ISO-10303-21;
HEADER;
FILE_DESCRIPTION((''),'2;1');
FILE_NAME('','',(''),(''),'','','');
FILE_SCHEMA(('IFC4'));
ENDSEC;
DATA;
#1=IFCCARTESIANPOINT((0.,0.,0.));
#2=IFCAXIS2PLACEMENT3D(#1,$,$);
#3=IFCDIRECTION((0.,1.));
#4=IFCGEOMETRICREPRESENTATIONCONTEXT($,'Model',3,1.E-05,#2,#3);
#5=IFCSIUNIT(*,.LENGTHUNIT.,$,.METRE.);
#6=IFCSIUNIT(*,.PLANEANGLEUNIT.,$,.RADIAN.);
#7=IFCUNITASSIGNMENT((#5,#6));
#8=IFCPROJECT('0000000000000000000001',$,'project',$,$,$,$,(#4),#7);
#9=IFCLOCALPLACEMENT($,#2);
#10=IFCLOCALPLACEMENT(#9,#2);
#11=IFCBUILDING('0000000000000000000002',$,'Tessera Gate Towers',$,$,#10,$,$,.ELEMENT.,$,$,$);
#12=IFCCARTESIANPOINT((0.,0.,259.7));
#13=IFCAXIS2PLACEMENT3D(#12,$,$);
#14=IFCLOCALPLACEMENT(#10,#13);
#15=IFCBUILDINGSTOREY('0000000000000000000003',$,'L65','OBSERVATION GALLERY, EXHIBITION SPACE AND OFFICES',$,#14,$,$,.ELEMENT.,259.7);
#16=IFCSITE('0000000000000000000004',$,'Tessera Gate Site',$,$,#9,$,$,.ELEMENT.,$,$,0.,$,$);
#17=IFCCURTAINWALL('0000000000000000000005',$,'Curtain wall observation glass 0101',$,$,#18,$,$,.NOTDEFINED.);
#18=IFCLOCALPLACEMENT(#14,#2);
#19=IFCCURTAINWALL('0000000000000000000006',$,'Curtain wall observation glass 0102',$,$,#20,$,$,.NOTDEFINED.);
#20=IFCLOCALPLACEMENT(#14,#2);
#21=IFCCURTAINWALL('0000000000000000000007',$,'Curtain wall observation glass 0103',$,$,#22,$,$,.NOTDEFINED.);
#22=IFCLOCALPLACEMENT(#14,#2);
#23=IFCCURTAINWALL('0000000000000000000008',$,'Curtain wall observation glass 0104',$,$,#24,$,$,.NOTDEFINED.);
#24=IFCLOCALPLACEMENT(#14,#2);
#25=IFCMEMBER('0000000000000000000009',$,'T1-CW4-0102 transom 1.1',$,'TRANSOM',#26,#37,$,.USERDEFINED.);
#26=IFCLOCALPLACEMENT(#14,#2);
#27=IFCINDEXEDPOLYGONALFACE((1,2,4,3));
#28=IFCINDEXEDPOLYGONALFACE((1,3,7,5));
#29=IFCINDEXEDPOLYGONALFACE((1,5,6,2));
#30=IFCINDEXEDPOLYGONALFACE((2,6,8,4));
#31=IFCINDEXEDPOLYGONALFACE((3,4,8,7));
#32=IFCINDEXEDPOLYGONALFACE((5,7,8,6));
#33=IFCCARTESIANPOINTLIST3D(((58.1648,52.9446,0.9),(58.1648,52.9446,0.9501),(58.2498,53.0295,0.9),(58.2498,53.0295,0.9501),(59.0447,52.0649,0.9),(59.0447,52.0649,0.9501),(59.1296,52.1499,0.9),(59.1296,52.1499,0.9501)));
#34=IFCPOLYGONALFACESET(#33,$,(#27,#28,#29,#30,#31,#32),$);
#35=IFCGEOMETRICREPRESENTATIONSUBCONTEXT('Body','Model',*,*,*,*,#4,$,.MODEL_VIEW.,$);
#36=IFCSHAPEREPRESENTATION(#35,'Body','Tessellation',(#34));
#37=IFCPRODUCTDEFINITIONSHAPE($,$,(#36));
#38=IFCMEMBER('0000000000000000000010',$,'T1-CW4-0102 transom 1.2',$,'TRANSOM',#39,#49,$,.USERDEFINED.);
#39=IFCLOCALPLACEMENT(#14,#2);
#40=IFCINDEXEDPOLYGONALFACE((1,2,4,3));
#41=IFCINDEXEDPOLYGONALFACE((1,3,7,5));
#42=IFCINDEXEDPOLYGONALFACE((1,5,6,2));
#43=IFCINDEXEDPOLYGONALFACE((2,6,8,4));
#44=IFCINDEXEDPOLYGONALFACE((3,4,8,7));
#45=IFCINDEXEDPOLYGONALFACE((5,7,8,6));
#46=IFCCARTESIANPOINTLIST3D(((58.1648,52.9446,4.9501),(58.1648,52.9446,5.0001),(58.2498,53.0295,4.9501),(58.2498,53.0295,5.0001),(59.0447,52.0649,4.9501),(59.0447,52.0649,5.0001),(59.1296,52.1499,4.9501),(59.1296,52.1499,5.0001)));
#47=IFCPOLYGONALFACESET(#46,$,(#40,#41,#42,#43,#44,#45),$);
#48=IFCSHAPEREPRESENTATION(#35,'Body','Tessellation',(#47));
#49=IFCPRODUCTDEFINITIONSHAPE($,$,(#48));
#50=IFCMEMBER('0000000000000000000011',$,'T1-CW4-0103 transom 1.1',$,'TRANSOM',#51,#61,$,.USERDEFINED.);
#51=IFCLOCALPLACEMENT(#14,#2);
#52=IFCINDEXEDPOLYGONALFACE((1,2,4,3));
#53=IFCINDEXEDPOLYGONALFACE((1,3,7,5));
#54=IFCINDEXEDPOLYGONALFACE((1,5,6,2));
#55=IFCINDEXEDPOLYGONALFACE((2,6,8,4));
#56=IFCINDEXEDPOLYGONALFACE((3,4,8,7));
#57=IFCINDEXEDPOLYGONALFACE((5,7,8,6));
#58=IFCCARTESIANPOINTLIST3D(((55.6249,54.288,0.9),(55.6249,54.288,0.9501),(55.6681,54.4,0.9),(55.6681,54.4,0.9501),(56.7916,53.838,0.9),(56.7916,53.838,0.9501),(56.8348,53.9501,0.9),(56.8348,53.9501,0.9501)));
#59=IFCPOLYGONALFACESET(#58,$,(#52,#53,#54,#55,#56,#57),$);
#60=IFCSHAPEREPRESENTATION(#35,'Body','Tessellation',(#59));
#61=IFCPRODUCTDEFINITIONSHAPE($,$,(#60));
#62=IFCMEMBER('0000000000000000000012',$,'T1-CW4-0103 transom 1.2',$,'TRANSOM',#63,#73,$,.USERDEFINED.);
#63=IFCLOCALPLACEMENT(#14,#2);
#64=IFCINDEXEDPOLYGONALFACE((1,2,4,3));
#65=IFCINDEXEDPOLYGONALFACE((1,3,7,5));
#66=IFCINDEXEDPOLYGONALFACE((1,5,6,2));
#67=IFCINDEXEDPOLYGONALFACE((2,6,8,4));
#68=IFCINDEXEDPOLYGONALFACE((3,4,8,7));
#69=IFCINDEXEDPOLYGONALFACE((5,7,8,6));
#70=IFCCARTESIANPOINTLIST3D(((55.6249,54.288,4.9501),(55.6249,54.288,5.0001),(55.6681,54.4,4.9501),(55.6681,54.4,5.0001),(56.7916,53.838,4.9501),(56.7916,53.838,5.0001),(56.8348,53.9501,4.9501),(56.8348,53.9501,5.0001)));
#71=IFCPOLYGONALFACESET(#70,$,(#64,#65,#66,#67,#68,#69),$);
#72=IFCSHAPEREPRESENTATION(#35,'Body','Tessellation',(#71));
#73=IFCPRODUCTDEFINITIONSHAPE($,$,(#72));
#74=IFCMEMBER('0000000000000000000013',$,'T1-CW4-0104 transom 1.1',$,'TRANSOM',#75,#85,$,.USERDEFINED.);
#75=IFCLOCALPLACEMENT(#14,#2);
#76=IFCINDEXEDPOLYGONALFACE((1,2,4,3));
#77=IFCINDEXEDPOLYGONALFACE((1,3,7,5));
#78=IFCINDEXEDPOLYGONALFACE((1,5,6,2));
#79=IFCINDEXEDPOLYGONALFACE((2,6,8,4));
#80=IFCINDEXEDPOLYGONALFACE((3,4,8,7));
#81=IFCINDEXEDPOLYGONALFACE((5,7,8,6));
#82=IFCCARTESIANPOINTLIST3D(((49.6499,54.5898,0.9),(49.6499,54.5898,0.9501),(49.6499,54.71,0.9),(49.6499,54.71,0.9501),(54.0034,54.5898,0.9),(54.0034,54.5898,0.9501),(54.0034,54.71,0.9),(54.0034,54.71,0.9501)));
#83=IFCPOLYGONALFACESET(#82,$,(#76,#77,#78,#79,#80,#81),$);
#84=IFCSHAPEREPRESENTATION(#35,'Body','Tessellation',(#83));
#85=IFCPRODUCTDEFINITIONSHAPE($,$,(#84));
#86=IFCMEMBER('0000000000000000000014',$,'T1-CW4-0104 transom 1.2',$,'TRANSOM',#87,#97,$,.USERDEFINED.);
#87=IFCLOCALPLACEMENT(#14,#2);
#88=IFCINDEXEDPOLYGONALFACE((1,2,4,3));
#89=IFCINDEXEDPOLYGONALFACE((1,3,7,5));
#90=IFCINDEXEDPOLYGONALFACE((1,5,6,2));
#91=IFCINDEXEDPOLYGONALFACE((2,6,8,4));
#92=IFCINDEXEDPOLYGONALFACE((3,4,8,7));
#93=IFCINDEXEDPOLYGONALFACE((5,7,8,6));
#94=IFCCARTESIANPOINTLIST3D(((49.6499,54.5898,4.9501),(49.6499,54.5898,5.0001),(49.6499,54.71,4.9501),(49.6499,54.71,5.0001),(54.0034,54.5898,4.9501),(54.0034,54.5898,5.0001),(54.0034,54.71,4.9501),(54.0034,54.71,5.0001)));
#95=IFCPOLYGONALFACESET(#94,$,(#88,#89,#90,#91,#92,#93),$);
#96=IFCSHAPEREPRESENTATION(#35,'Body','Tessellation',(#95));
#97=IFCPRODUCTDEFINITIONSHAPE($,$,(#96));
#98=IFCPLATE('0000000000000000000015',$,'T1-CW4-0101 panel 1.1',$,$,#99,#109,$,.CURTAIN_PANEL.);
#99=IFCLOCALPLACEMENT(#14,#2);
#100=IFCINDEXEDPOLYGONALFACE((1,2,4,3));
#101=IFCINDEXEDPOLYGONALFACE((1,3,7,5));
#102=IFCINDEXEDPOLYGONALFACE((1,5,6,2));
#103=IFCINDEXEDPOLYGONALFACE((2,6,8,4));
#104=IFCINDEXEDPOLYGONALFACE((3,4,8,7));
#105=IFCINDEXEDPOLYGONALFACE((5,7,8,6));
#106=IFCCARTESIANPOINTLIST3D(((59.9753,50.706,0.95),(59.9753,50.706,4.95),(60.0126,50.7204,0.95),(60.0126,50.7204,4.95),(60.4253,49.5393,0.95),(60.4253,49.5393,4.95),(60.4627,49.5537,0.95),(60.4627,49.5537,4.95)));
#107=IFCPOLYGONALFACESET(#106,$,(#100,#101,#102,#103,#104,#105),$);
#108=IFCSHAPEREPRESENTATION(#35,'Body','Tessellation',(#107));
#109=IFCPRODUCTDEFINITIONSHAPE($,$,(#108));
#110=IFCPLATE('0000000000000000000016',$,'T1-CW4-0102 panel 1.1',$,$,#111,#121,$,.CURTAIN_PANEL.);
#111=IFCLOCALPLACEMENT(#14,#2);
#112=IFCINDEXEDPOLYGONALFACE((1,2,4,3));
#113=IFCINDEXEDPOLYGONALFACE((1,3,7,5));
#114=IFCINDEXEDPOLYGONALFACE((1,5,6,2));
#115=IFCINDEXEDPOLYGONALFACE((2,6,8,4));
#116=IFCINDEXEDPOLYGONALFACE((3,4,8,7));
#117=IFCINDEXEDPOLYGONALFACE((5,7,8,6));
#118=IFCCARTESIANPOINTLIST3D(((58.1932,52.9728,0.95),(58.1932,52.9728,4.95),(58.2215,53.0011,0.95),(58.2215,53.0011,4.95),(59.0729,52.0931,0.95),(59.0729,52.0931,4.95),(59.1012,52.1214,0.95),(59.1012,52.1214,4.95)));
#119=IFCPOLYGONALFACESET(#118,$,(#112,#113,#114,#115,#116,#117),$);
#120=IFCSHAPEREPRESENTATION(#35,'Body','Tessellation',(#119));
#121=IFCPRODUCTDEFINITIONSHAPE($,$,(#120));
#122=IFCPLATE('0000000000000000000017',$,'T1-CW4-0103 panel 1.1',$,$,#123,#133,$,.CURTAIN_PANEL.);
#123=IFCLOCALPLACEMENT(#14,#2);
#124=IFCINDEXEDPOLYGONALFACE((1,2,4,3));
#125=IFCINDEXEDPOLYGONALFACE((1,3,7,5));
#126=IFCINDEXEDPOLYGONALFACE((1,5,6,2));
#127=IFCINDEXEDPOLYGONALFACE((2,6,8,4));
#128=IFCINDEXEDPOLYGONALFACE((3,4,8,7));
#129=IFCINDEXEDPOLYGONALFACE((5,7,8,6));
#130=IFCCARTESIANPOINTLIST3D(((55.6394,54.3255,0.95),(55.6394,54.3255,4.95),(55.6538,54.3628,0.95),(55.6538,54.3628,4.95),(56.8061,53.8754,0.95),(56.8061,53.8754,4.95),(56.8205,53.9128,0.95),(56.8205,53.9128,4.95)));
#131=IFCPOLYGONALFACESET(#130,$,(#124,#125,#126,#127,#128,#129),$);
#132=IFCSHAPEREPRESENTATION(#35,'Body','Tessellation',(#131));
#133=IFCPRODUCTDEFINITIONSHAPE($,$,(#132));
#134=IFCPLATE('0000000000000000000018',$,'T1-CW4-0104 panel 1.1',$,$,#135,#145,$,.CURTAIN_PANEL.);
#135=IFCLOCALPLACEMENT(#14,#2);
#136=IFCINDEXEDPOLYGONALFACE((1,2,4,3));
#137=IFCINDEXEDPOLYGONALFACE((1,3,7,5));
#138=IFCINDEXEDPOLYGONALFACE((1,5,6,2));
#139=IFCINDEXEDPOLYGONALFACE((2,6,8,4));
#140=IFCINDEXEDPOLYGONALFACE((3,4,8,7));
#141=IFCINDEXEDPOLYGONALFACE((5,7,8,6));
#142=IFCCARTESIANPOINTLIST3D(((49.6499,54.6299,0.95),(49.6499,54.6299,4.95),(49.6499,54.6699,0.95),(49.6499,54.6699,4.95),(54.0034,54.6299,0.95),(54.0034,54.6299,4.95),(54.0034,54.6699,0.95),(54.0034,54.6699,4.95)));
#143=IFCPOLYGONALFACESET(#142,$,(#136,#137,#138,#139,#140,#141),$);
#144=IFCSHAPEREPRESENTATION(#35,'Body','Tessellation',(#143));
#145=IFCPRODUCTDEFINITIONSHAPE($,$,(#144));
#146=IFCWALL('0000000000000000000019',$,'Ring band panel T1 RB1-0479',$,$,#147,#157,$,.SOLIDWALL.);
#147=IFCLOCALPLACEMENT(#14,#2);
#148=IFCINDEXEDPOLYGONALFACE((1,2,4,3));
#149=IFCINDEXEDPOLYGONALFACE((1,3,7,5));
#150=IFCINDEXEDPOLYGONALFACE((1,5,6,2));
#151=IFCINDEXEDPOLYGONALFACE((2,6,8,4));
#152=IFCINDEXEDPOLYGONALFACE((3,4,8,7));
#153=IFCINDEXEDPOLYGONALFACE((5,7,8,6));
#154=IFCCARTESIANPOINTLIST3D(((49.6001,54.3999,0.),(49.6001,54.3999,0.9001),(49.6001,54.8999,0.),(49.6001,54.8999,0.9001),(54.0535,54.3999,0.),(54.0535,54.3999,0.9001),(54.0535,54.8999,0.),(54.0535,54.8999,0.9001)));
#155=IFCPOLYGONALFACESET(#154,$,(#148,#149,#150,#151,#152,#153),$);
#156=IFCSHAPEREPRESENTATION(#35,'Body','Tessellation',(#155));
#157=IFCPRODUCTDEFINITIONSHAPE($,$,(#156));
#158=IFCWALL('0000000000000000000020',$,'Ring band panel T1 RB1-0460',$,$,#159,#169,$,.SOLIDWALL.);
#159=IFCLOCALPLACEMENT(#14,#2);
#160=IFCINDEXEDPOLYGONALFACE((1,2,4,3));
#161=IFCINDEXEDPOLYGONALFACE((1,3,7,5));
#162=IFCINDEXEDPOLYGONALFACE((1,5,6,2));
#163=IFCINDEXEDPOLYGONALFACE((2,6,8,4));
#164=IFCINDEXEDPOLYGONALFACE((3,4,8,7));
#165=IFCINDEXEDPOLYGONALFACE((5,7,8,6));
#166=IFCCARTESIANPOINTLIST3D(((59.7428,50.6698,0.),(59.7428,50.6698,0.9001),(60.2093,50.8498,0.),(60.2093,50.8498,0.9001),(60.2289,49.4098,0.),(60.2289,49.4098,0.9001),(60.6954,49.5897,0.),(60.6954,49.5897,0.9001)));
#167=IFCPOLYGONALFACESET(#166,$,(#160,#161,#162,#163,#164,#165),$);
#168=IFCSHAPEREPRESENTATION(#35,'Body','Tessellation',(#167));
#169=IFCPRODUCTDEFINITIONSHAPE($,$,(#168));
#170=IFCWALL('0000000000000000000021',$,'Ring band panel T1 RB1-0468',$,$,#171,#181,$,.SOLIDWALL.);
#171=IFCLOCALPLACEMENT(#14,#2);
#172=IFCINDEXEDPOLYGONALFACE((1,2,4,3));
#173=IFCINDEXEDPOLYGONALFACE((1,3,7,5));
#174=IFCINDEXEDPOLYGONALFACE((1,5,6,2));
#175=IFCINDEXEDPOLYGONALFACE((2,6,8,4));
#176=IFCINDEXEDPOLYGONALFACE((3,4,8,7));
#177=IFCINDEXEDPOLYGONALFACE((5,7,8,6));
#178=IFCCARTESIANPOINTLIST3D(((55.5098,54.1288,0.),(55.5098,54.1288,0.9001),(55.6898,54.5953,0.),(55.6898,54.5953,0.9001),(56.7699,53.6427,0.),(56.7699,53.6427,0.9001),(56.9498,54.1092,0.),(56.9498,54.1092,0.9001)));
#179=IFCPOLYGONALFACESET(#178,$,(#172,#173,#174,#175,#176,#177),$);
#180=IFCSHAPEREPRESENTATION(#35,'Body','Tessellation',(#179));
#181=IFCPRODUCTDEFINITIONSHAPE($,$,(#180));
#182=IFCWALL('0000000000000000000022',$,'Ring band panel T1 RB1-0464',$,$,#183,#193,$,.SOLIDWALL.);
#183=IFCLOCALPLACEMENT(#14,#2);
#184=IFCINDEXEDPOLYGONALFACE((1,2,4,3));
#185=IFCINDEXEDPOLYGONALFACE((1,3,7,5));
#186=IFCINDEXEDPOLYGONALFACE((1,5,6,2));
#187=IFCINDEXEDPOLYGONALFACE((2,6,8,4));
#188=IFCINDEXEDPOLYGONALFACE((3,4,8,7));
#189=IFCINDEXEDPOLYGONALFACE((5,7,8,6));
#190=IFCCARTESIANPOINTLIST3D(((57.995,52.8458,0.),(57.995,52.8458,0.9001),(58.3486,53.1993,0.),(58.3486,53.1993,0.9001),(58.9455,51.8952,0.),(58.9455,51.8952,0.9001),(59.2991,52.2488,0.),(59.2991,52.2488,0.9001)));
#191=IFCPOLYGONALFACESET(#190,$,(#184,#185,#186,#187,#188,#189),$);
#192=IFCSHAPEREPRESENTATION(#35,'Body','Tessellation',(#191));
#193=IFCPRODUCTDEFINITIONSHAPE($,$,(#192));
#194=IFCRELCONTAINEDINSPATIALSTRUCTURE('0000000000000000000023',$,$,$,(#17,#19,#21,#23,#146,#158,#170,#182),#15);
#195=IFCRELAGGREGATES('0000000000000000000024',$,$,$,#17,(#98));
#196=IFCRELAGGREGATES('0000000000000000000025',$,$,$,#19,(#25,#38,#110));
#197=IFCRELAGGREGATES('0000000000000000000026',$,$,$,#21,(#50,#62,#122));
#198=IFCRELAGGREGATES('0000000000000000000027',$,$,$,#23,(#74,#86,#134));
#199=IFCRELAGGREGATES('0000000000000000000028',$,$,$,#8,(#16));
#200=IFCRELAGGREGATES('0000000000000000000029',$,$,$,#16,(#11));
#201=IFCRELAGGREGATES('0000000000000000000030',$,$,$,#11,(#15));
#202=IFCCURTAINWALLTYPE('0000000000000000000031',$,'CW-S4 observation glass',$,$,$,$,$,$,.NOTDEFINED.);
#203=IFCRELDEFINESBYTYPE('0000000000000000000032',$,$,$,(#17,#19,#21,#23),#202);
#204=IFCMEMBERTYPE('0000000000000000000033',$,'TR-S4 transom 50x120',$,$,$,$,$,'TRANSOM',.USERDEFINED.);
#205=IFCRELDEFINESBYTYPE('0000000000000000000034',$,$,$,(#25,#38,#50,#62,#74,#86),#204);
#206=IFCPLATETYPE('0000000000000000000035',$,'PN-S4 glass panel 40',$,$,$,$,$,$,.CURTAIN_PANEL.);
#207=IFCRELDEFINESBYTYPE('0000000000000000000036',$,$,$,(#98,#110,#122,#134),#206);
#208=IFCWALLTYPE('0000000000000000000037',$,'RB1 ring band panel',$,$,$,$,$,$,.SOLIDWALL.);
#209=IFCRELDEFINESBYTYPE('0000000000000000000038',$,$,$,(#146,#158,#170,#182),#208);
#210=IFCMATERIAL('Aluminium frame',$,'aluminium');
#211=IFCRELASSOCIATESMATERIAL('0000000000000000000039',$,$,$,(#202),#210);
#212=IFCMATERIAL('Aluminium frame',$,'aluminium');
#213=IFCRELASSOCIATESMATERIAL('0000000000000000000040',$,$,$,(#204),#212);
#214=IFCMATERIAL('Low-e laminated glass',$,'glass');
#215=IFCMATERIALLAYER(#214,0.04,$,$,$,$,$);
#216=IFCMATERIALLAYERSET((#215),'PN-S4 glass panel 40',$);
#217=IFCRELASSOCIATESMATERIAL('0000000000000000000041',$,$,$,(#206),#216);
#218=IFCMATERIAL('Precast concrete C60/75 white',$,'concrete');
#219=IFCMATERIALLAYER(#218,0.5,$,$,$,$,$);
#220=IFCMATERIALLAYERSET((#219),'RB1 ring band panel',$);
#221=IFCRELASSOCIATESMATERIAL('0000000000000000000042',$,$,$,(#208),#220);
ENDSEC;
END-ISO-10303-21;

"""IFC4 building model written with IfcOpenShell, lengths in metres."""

from ifc_helpers import new_model, si_unit, direction, frame, origin, origin_2d, place, context, subcontext, project, spatial, polyline, rectangle, outline, extrude, source, transform, mapped, material, layer, layer_set, material_profile, profile_set, type_object, element, aggregate, save


model = new_model("IFC4")

# Units and contexts
model_context = context("Model", 3, precision=1e-05, world=origin(), true_north=direction((0.0, 1.0)))
body_context = subcontext(model_context, "Body", "Model", "MODEL_VIEW")
ifc_project = project(units=[si_unit("LENGTHUNIT", "METRE"), si_unit("PLANEANGLEUNIT", "RADIAN")], contexts=[model_context])

# Site, building, storey
site_placement = place(None, origin())
site = spatial("IfcSite", under=ifc_project, at=site_placement, Name="Tessera Gate Site", CompositionType="ELEMENT", RefElevation=0.0)
building_placement = place(site_placement, origin())
building = spatial("IfcBuilding", under=site, at=building_placement, Name="Tessera Gate Towers", CompositionType="ELEMENT")
storey_placement = place(building_placement, frame((0.0, 0.0, 259.7)))
storey = spatial("IfcBuildingStorey", under=building, at=storey_placement, Name="L65", Description="OBSERVATION GALLERY, EXHIBITION SPACE AND OFFICES", CompositionType="ELEMENT", Elevation=259.7)

# Curtain walls
ifc_material_1 = material(Name="Aluminium frame", Category="aluminium")
curtain_wall_type = type_object("IfcCurtainWallType", Name="CW-S4 observation glass", PredefinedType="NOTDEFINED", material=ifc_material_1)
curtain_wall_1_placement = place(storey_placement, origin())
curtain_wall_1 = element("IfcCurtainWall", 1, at=curtain_wall_1_placement, inside=storey, type_object=curtain_wall_type, Name="Curtain wall observation glass 0101", PredefinedType="NOTDEFINED")
curtain_wall_2_placement = place(storey_placement, origin())
curtain_wall_2 = element("IfcCurtainWall", 2, at=curtain_wall_2_placement, inside=storey, type_object=curtain_wall_type, Name="Curtain wall observation glass 0102", PredefinedType="NOTDEFINED")
curtain_wall_3_placement = place(storey_placement, origin())
curtain_wall_3 = element("IfcCurtainWall", 3, at=curtain_wall_3_placement, inside=storey, type_object=curtain_wall_type, Name="Curtain wall observation glass 0103", PredefinedType="NOTDEFINED")

# Curtain wall
curtain_wall_4_placement = place(storey_placement, origin())
curtain_wall_4 = element("IfcCurtainWall", 4, at=curtain_wall_4_placement, inside=storey, type_object=curtain_wall_type, Name="Curtain wall observation glass 0104", PredefinedType="NOTDEFINED")

# Members
ifc_material_2 = material(Name="Aluminium frame", Category="aluminium")
ifc_material_profile_1 = material_profile(ifc_material_2, rectangle(XDim=0.1201, YDim=0.05, at=origin_2d()), Name="AL 50x120")
ifc_profile_set_1 = profile_set([ifc_material_profile_1], Name="Aluminium frame")
member_type_1 = type_object("IfcMemberType", Name="TR-S4 transom 50x120", ElementType="TRANSOM", PredefinedType="USERDEFINED", material=ifc_profile_set_1)
member_1_placement = place(storey_placement, frame((59.0872, 52.1074, 0.925), z_axis=(-0.707205, 0.707009, 0.0), x_axis=(-0.707009, -0.707205, 0.0)))
member_1 = element("IfcMember", 5, at=member_1_placement, type_object=member_type_1, Name="T1-CW4-0102 transom 1.1", ObjectType="TRANSOM", PredefinedType="USERDEFINED", context=body_context, shape_type="SweptSolid", body=[
    extrude(rectangle(XDim=0.1201, YDim=0.05, at=origin_2d()), origin(), (0.0, 0.0, 1.0), 1.2441),
])
member_2_placement = place(storey_placement, frame((59.0872, 52.1074, 4.9751), z_axis=(-0.707205, 0.707009, 0.0), x_axis=(-0.707009, -0.707205, 0.0)))
member_2 = element("IfcMember", 6, at=member_2_placement, type_object=member_type_1, Name="T1-CW4-0102 transom 1.2", ObjectType="TRANSOM", PredefinedType="USERDEFINED", context=body_context, shape_type="SweptSolid", body=[
    extrude(rectangle(XDim=0.1201, YDim=0.05, at=origin_2d()), origin(), (0.0, 0.0, 1.0), 1.2441),
])
member_3_placement = place(storey_placement, frame((56.8132, 53.894, 0.925), z_axis=(-0.933023, 0.359816, 0.0), x_axis=(-0.359816, -0.933023, 0.0)))
member_3 = element("IfcMember", 7, at=member_3_placement, type_object=member_type_1, Name="T1-CW4-0103 transom 1.1", ObjectType="TRANSOM", PredefinedType="USERDEFINED", context=body_context, shape_type="SweptSolid", body=[
    extrude(rectangle(XDim=0.1201, YDim=0.05, at=origin_2d()), origin(), (0.0, 0.0, 1.0), 1.2505),
])
member_4_placement = place(storey_placement, frame((56.8132, 53.894, 4.9751), z_axis=(-0.933023, 0.359816, 0.0), x_axis=(-0.359816, -0.933023, 0.0)))
member_4 = element("IfcMember", 8, at=member_4_placement, type_object=member_type_1, Name="T1-CW4-0103 transom 1.2", ObjectType="TRANSOM", PredefinedType="USERDEFINED", context=body_context, shape_type="SweptSolid", body=[
    extrude(rectangle(XDim=0.1201, YDim=0.05, at=origin_2d()), origin(), (0.0, 0.0, 1.0), 1.2505),
])
member_5_placement = place(storey_placement, frame((54.0034, 54.6499, 0.925), z_axis=(-1.0, 0.0, 0.0), x_axis=(0.0, -1.0, 0.0)))
member_5 = element("IfcMember", 9, at=member_5_placement, type_object=member_type_1, Name="T1-CW4-0104 transom 1.1", ObjectType="TRANSOM", PredefinedType="USERDEFINED", context=body_context, shape_type="SweptSolid", body=[
    extrude(rectangle(XDim=0.1201, YDim=0.05, at=origin_2d()), origin(), (0.0, 0.0, 1.0), 4.3535),
])
member_6_placement = place(storey_placement, frame((54.0034, 54.6499, 4.9751), z_axis=(-1.0, 0.0, 0.0), x_axis=(0.0, -1.0, 0.0)))
member_6 = element("IfcMember", 10, at=member_6_placement, type_object=member_type_1, Name="T1-CW4-0104 transom 1.2", ObjectType="TRANSOM", PredefinedType="USERDEFINED", context=body_context, shape_type="SweptSolid", body=[
    extrude(rectangle(XDim=0.1201, YDim=0.05, at=origin_2d()), origin(), (0.0, 0.0, 1.0), 4.3535),
])

# Plates
ifc_material_3 = material(Name="Low-e laminated glass", Category="glass")
ifc_layer_1 = layer(ifc_material_3, 0.04)
ifc_layer_set_1 = layer_set([ifc_layer_1], Name="PN-S4 glass panel 40")
plate_type = type_object("IfcPlateType", Name="PN-S4 glass panel 40", PredefinedType="CURTAIN_PANEL", material=ifc_layer_set_1)
plate_1_placement = place(storey_placement, frame((60.219, 50.1299, 0.95), z_axis=(0.0, 0.0, 1.0), x_axis=(-0.359904, 0.932989, 0.0)))
plate_1 = element("IfcPlate", 11, at=plate_1_placement, type_object=plate_type, Name="T1-CW4-0101 panel 1.1", PredefinedType="CURTAIN_PANEL", context=body_context, shape_type="SweptSolid", body=[
    extrude(rectangle(XDim=1.2505, YDim=0.04, at=origin_2d()), origin(), (0.0, 0.0, 1.0), 4.0),
])
aggregate(curtain_wall_1, [plate_1])
plate_2_placement = place(storey_placement, frame((58.6472, 52.5471, 0.95), z_axis=(0.0, 0.0, 1.0), x_axis=(-0.707107, 0.707107, 0.0)))
plate_2 = element("IfcPlate", 12, at=plate_2_placement, type_object=plate_type, Name="T1-CW4-0102 panel 1.1", PredefinedType="CURTAIN_PANEL", context=body_context, shape_type="SweptSolid", body=[
    extrude(rectangle(XDim=1.2441, YDim=0.04, at=origin_2d()), origin(), (0.0, 0.0, 1.0), 4.0),
])
aggregate(curtain_wall_2, [member_1, member_2, plate_2])
plate_3_placement = place(storey_placement, frame((56.23, 54.1191, 0.95), z_axis=(0.0, 0.0, 1.0), x_axis=(-0.932989, 0.359904, 0.0)))
plate_3 = element("IfcPlate", 13, at=plate_3_placement, type_object=plate_type, Name="T1-CW4-0103 panel 1.1", PredefinedType="CURTAIN_PANEL", context=body_context, shape_type="SweptSolid", body=[
    extrude(rectangle(XDim=1.2505, YDim=0.04, at=origin_2d()), origin(), (0.0, 0.0, 1.0), 4.0),
])
aggregate(curtain_wall_3, [member_3, member_4, plate_3])
plate_4_placement = place(storey_placement, frame((51.8267, 54.6499, 0.95), z_axis=(0.0, 0.0, 1.0), x_axis=(-1.0, 0.0, 0.0)))
plate_4 = element("IfcPlate", 14, at=plate_4_placement, type_object=plate_type, Name="T1-CW4-0104 panel 1.1", PredefinedType="CURTAIN_PANEL", context=body_context, shape_type="SweptSolid", body=[
    extrude(rectangle(XDim=4.3535, YDim=0.04, at=origin_2d()), origin(), (0.0, 0.0, 1.0), 4.0),
])
aggregate(curtain_wall_4, [member_5, member_6, plate_4])

# Walls
ifc_material_4 = material(Name="Precast concrete C60/75 white", Category="concrete")
ifc_layer_2 = layer(ifc_material_4, 0.5)
ifc_layer_set_2 = layer_set([ifc_layer_2], Name="RB1 ring band panel")
wall_type = type_object("IfcWallType", Name="RB1 ring band panel", PredefinedType="SOLIDWALL", material=ifc_layer_set_2)
shared_shape_1 = source(origin(), body_context, "Body", "SweptSolid", [
    extrude(outline(polyline([(0.0, 0.0), (4.4534, 0.0), (4.4534, 0.9001), (0.0, 0.9001), (0.0, 0.0)])), frame((0.0, 0.25, 0.0), z_axis=(0.0, -1.0, 0.0), x_axis=(1.0, 0.0, 0.0)), (0.0, 0.0, 1.0), 0.5),
])
wall_1_placement = place(storey_placement, frame((54.0535, 54.6499, 0.0), z_axis=(0.0, 0.0, 1.0), x_axis=(-1.0, 0.0, 0.0)))
element("IfcWall", 15, at=wall_1_placement, inside=storey, type_object=wall_type, Name="Ring band panel T1 RB1-0479", PredefinedType="SOLIDWALL", context=body_context, shape_type="MappedRepresentation", body=[
    mapped(shared_shape_1, transform((0.0, 0.0, 0.0), scale=1.0)),
])
shared_shape_2 = source(origin(), body_context, "Body", "SweptSolid", [
    extrude(outline(polyline([(0.0, 0.0), (1.3506, 0.0), (1.3506, 0.9001), (0.0, 0.9001), (0.0, 0.0)])), frame((0.0, 0.25, 0.0), z_axis=(0.0, -1.0, 0.0), x_axis=(1.0, 0.0, 0.0)), (0.0, 0.0, 1.0), 0.5),
])
for number, where, z_axis, x_axis, name in (
    (16, (60.4622, 49.4998, 0.0), (0.0, 0.0, 1.0), (-0.359924, 0.932982, 0.0), "Ring band panel T1 RB1-0460"),
    (17, (56.8599, 53.876, 0.0), (0.0, 0.0, 1.0), (-0.932982, 0.359924, 0.0), "Ring band panel T1 RB1-0468"),
):
    element("IfcWall", number, at=place(storey_placement, frame(where, z_axis=z_axis, x_axis=x_axis)), inside=storey, type_object=wall_type, Name=name, PredefinedType="SOLIDWALL", context=body_context, shape_type="MappedRepresentation", body=[
        mapped(shared_shape_2, transform((0.0, 0.0, 0.0), scale=1.0)),
    ])
shared_shape_3 = source(origin(), body_context, "Body", "SweptSolid", [
    extrude(outline(polyline([(0.0, 0.0), (1.3442, 0.0), (1.3442, 0.9001), (0.0, 0.9001), (0.0, 0.0)])), frame((0.0, 0.25, 0.0), z_axis=(0.0, -1.0, 0.0), x_axis=(1.0, 0.0, 0.0)), (0.0, 0.0, 1.0), 0.5),
])
wall_2_placement = place(storey_placement, frame((59.1223, 52.072, 0.0), z_axis=(0.0, 0.0, 1.0), x_axis=(-0.707107, 0.707107, 0.0)))
element("IfcWall", 18, at=wall_2_placement, inside=storey, type_object=wall_type, Name="Ring band panel T1 RB1-0464", PredefinedType="SOLIDWALL", context=body_context, shape_type="MappedRepresentation", body=[
    mapped(shared_shape_3, transform((0.0, 0.0, 0.0), scale=1.0)),
])

save(model, "model.ifc")
